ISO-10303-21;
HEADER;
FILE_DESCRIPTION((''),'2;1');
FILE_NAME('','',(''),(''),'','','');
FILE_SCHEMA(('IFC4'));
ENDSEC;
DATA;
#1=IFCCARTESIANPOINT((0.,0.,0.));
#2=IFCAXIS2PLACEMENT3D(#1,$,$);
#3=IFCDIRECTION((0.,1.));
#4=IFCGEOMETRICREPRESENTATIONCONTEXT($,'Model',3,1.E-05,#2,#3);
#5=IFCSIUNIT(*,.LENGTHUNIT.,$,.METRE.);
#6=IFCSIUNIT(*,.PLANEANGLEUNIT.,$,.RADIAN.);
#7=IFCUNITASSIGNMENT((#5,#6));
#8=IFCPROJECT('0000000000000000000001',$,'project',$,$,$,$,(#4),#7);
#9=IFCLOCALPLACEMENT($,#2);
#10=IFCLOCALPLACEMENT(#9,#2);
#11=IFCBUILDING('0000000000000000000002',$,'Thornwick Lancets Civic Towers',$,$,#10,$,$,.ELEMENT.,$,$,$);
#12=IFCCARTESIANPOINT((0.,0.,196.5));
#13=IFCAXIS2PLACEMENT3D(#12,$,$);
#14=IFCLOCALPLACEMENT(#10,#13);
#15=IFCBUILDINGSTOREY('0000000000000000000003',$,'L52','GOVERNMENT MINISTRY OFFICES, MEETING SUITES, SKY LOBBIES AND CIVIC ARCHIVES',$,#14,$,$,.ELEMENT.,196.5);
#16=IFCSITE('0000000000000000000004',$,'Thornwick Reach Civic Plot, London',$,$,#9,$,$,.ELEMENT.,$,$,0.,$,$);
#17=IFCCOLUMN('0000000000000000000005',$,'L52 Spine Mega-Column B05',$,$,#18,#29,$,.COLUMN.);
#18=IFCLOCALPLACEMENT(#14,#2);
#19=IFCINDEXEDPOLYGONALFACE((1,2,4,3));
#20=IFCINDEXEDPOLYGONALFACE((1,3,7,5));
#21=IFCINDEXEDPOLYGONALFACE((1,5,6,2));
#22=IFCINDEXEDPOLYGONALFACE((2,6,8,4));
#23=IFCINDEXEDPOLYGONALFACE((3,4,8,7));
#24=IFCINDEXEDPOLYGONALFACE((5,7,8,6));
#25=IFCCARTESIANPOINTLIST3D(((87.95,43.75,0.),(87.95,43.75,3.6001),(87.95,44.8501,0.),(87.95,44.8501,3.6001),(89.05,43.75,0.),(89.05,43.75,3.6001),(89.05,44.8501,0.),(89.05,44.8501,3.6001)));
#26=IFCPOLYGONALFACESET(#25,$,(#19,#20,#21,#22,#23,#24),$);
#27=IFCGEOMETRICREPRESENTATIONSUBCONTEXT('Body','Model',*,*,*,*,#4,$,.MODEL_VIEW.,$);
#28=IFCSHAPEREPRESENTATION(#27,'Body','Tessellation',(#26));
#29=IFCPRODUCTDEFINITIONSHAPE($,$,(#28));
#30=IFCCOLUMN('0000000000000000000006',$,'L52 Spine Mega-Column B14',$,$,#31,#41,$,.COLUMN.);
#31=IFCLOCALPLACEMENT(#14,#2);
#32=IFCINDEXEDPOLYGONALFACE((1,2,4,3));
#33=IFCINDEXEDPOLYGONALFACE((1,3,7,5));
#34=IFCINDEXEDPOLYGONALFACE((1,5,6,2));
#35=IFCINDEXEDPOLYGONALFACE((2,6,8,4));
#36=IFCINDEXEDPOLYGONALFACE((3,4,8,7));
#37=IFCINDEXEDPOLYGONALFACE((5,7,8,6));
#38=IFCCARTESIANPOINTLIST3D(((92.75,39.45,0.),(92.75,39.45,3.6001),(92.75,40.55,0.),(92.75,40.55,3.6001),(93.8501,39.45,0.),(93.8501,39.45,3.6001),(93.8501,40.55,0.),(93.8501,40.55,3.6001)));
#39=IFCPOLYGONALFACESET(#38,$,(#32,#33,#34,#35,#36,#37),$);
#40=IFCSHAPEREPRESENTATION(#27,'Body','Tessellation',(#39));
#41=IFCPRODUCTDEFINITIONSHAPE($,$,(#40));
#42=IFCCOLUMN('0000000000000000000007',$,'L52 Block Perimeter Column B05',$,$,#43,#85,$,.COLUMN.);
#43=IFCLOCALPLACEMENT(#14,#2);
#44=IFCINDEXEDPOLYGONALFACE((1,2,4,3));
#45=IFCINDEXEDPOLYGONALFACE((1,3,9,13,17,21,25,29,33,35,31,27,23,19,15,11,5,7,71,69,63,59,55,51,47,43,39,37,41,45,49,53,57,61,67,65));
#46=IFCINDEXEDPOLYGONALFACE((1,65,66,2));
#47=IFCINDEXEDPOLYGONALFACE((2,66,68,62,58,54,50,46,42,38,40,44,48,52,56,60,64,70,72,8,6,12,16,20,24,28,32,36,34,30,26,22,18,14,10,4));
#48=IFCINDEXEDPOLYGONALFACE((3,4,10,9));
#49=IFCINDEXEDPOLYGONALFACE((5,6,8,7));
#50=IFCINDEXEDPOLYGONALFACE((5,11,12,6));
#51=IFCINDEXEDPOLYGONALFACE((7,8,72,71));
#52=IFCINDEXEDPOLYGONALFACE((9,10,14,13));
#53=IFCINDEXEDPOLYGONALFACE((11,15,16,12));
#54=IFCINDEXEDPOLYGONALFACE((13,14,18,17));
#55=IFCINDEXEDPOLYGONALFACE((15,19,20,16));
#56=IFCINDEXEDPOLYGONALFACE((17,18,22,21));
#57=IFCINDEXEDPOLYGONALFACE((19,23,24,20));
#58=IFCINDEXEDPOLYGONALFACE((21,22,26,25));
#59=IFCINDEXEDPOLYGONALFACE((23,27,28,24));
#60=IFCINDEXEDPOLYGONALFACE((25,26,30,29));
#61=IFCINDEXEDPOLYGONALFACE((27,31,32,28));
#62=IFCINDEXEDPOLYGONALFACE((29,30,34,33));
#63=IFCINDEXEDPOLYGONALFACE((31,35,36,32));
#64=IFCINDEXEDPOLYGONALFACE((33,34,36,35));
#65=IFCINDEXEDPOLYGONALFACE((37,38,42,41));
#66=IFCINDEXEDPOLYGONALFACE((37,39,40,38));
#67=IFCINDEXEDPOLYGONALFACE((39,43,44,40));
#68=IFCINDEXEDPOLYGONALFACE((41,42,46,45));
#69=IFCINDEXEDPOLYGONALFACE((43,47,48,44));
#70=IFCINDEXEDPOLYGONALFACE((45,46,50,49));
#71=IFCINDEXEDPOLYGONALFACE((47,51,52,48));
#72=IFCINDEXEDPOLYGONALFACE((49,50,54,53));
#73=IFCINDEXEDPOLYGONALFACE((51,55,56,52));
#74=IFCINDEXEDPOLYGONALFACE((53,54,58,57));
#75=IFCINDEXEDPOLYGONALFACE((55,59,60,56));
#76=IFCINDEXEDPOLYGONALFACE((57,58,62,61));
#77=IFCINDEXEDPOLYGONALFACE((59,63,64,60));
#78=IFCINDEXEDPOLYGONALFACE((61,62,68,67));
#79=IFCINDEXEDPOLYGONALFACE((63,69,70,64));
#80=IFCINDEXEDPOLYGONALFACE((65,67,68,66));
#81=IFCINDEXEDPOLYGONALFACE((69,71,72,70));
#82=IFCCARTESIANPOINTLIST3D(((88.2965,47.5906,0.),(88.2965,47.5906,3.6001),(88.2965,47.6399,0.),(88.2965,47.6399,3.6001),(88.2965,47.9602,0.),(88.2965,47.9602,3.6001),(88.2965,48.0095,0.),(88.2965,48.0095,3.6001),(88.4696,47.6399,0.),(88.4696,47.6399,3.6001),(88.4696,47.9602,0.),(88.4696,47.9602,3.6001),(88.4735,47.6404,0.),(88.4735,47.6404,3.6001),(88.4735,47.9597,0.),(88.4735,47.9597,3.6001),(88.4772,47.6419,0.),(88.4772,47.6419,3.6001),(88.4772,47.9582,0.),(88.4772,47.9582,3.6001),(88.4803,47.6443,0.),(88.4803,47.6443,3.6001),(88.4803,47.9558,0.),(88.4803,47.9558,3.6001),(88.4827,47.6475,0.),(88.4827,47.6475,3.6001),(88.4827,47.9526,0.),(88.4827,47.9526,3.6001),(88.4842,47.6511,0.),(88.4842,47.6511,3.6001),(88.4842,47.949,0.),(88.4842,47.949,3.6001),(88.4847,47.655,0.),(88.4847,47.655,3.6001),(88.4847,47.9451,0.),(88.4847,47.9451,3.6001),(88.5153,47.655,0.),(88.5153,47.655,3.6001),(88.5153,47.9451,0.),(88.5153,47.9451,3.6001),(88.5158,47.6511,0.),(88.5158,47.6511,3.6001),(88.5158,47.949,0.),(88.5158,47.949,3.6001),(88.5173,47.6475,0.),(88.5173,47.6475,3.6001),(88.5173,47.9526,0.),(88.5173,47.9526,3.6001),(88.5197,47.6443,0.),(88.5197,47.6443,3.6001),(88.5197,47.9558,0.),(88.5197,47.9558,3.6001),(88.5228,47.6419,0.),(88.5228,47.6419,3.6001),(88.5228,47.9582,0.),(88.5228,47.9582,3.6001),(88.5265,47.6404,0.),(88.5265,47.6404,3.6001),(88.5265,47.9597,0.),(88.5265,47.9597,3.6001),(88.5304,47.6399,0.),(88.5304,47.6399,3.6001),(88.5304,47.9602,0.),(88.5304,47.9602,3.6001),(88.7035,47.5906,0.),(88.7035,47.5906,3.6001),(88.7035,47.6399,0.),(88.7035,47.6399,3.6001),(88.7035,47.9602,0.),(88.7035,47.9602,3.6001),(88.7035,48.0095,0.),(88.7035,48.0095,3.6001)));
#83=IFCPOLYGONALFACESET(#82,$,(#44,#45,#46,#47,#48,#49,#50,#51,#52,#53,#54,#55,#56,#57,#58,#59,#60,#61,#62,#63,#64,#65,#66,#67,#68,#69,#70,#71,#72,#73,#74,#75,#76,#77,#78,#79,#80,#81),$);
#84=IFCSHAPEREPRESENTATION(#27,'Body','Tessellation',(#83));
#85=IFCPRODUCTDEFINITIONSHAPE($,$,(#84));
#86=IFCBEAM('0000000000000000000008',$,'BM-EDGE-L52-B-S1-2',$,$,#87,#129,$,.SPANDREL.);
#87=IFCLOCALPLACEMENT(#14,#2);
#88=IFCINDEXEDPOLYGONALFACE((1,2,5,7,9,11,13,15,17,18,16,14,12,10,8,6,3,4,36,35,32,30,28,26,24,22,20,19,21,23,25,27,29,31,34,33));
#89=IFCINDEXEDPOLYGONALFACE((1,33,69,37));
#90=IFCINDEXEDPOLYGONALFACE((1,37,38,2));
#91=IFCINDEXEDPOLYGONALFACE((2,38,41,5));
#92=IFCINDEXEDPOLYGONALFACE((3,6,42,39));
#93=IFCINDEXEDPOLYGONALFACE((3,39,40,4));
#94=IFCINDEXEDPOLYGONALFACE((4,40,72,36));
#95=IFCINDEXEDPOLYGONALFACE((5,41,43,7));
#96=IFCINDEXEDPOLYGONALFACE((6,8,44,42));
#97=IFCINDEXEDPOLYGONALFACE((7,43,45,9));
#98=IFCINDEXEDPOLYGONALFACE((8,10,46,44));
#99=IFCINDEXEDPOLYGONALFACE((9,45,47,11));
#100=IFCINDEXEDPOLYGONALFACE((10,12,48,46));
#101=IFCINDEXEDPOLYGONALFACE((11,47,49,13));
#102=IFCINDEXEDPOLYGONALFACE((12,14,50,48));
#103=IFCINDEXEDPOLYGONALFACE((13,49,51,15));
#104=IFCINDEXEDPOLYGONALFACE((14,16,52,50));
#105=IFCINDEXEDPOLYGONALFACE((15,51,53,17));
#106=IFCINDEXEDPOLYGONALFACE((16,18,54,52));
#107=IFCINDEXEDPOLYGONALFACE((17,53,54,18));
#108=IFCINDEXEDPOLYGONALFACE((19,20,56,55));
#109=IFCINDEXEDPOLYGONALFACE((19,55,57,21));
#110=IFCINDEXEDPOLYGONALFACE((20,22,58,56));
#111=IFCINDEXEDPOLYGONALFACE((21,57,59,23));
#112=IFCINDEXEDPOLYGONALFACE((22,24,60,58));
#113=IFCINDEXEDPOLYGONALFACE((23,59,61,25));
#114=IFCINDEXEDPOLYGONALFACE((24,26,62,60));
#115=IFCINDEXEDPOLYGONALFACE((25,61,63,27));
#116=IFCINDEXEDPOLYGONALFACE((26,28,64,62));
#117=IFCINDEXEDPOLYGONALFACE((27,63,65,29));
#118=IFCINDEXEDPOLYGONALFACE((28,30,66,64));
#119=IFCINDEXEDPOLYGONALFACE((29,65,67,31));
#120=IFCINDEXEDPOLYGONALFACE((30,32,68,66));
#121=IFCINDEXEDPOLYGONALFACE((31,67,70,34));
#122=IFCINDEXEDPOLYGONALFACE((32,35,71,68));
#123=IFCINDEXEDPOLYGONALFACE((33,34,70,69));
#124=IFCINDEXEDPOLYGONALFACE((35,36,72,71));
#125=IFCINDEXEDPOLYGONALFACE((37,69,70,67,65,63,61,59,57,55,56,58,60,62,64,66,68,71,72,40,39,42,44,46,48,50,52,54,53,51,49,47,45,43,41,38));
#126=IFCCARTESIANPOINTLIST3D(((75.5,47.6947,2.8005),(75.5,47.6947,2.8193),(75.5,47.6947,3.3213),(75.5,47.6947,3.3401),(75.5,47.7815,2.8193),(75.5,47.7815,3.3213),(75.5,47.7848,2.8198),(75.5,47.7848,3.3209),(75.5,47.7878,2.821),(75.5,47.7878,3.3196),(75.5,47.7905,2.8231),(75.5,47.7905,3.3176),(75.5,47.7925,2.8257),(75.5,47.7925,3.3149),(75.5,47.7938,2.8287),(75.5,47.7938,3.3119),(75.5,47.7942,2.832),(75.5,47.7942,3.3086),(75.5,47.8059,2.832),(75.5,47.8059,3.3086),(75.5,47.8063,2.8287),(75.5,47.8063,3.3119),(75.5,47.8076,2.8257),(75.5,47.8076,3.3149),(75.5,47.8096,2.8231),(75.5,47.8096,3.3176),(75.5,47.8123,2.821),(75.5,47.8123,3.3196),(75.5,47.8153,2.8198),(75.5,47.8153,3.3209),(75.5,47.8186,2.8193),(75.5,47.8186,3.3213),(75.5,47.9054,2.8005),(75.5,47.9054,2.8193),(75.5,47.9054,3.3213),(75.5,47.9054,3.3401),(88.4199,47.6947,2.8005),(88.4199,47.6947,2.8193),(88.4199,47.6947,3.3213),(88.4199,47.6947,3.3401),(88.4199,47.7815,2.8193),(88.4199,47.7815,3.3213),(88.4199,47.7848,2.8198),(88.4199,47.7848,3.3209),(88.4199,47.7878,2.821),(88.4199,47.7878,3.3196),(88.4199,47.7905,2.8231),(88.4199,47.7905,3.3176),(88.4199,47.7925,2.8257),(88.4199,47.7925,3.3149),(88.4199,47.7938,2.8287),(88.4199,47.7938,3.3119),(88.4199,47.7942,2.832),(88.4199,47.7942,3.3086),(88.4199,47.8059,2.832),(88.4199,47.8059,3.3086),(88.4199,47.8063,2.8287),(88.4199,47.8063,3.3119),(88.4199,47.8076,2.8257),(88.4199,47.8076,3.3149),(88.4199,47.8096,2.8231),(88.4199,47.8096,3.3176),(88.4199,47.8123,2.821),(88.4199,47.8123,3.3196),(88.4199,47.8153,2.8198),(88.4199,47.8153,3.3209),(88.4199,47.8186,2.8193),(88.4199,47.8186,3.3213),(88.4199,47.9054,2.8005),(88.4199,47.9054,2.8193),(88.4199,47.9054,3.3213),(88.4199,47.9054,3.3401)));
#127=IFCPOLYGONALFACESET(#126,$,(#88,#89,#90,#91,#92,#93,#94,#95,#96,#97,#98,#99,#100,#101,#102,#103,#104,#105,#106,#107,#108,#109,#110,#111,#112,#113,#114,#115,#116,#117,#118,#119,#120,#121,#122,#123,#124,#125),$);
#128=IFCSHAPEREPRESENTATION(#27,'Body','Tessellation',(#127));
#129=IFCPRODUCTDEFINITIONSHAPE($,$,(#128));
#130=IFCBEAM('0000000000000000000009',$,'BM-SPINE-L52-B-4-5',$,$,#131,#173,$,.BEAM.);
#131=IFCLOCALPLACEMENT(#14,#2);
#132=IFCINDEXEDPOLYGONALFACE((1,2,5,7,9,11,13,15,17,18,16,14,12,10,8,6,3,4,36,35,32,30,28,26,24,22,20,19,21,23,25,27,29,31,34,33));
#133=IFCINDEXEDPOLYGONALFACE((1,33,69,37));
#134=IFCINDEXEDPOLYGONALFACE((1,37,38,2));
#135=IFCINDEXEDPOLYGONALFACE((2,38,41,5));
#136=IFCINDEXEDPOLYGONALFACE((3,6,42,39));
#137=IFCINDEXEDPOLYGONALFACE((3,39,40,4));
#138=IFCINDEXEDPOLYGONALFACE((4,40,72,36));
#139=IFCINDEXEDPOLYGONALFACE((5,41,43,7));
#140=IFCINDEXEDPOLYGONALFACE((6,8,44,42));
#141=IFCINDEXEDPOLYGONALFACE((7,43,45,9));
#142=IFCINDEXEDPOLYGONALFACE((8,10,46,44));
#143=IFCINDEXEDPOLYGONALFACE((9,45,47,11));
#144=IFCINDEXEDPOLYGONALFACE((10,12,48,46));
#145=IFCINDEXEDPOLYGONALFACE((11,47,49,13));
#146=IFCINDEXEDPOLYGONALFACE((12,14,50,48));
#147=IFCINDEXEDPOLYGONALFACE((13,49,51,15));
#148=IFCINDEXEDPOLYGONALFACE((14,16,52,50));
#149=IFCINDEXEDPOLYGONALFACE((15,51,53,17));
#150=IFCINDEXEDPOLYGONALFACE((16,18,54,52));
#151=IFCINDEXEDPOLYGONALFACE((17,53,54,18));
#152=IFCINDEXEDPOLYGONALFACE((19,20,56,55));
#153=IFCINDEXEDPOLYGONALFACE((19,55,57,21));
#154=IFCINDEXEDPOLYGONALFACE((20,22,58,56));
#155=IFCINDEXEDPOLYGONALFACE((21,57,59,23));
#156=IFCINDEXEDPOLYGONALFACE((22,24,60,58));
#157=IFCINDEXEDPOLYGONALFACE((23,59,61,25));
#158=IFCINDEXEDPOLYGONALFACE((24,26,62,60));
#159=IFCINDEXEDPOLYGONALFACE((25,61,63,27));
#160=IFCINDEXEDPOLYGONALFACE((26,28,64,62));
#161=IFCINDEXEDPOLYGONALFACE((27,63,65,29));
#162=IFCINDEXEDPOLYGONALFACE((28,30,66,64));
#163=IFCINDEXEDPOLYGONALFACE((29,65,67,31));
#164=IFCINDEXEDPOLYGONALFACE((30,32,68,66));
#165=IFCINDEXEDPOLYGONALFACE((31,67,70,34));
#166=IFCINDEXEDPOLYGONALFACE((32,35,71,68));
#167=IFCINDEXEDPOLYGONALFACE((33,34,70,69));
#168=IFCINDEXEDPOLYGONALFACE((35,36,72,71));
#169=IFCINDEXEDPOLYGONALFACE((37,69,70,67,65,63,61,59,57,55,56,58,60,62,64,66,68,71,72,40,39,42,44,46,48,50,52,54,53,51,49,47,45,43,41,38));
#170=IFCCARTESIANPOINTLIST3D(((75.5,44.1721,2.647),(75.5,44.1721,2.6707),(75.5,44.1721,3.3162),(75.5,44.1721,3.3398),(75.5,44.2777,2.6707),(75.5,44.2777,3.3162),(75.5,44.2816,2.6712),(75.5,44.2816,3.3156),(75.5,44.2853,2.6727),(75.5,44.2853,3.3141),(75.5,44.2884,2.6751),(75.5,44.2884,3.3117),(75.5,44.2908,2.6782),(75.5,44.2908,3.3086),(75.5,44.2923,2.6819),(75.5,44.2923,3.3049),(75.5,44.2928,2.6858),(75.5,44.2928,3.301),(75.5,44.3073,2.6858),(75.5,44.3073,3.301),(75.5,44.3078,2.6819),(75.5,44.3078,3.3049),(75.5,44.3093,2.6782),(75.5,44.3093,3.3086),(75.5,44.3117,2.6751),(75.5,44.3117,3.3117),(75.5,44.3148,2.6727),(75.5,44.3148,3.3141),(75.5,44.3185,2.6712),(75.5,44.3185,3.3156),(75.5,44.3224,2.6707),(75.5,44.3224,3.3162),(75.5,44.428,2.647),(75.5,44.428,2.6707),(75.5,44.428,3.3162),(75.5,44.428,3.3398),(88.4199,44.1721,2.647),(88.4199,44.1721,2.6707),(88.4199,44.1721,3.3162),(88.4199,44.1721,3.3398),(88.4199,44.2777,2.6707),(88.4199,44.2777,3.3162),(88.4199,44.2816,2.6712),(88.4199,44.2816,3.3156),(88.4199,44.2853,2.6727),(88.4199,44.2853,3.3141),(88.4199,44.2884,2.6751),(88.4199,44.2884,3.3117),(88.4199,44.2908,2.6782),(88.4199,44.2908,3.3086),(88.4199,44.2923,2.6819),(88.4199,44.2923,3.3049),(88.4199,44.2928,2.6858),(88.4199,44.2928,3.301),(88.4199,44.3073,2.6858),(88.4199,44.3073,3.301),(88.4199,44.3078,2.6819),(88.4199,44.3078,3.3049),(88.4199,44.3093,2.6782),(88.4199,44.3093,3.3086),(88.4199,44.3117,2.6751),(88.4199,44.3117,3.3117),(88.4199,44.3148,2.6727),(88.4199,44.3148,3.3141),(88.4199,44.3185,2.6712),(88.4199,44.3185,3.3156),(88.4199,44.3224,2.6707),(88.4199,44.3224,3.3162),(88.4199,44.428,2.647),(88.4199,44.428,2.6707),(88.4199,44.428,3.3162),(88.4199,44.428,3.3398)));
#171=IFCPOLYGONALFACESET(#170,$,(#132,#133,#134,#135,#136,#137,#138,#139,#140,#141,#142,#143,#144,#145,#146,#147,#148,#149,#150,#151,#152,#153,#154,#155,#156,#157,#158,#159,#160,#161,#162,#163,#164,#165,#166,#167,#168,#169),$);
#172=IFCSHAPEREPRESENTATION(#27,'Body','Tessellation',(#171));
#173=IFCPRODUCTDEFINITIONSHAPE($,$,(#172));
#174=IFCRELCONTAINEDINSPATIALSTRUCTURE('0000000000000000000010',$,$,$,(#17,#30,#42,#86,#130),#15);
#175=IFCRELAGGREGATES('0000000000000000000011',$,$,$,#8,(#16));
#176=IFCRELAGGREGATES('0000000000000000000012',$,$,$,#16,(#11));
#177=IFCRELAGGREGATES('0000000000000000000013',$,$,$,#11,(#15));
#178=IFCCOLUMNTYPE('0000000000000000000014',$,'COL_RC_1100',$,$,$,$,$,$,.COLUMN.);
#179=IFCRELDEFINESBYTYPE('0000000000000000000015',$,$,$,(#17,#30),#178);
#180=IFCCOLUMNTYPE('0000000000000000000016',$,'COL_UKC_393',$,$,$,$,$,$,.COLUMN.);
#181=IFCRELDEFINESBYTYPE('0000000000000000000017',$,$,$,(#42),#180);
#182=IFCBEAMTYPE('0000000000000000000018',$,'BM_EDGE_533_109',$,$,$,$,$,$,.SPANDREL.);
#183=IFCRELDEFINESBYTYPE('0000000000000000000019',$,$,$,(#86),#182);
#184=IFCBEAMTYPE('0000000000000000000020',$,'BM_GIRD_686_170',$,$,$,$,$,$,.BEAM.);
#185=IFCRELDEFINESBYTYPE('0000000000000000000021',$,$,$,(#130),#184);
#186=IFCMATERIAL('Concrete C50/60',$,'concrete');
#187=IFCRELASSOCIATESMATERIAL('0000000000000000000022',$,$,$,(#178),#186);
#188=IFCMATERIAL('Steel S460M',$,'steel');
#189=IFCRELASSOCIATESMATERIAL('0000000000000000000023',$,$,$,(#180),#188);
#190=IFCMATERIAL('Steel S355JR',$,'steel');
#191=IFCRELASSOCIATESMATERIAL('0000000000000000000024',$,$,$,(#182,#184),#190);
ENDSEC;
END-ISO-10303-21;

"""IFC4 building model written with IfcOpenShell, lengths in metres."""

from ifc_helpers import new_model, si_unit, direction, frame, origin, origin_2d, place, context, subcontext, project, spatial, rectangle, i_section, extrude, material, material_profile, profile_set, type_object, element, save


model = new_model("IFC4")

# Units and contexts
model_context = context("Model", 3, precision=1e-05, world=origin(), true_north=direction((0.0, 1.0)))
body_context = subcontext(model_context, "Body", "Model", "MODEL_VIEW")
ifc_project = project(units=[si_unit("LENGTHUNIT", "METRE"), si_unit("PLANEANGLEUNIT", "RADIAN")], contexts=[model_context])

# Site, building, storey
site_placement = place(None, origin())
site = spatial("IfcSite", under=ifc_project, at=site_placement, Name="Thornwick Reach Civic Plot, London", CompositionType="ELEMENT", RefElevation=0.0)
building_placement = place(site_placement, origin())
building = spatial("IfcBuilding", under=site, at=building_placement, Name="Thornwick Lancets Civic Towers", CompositionType="ELEMENT")
storey_placement = place(building_placement, frame((0.0, 0.0, 196.5)))
storey = spatial("IfcBuildingStorey", under=building, at=storey_placement, Name="L52", Description="GOVERNMENT MINISTRY OFFICES, MEETING SUITES, SKY LOBBIES AND CIVIC ARCHIVES", CompositionType="ELEMENT", Elevation=196.5)

# Columns
ifc_material_1 = material(Name="Concrete C50/60", Category="concrete")
ifc_material_profile_1 = material_profile(ifc_material_1, rectangle(XDim=1.1001, YDim=1.1001, at=origin_2d()), Name="RC 1100x1100")
ifc_profile_set_1 = profile_set([ifc_material_profile_1], Name="Concrete C50/60")
column_type_1 = type_object("IfcColumnType", Name="COL_RC_1100", PredefinedType="COLUMN", material=ifc_profile_set_1)
for number, where, z_axis, x_axis, name in (
    (1, (88.5, 44.3, 0.0), (0.0, 0.0, 1.0), (1.0, 0.0, 0.0), "L52 Spine Mega-Column B05"),
    (2, (93.3, 40.0, 0.0), (0.0, 0.0, 1.0), (1.0, 0.0, 0.0), "L52 Spine Mega-Column B14"),
):
    element("IfcColumn", number, at=place(storey_placement, frame(where, z_axis=z_axis, x_axis=x_axis)), inside=storey, type_object=column_type_1, Name=name, PredefinedType="COLUMN", context=body_context, shape_type="SweptSolid", body=[
        extrude(rectangle(XDim=1.1001, YDim=1.1001, at=origin_2d()), origin(), (0.0, 0.0, 1.0), 3.6001),
    ])
ifc_material_2 = material(Name="Steel S460M", Category="steel")
ifc_material_profile_2 = material_profile(ifc_material_2, i_section(OverallWidth=0.407, OverallDepth=0.4189, WebThickness=0.0305, FlangeThickness=0.0493, FilletRadius=0.0151, at=origin_2d()), Name="UKC 356x406x393")
ifc_profile_set_2 = profile_set([ifc_material_profile_2], Name="Steel S460M")
column_type_2 = type_object("IfcColumnType", Name="COL_UKC_393", PredefinedType="COLUMN", material=ifc_profile_set_2)
column_placement = place(storey_placement, frame((88.5, 47.8, 0.0), z_axis=(0.0, 0.0, 1.0), x_axis=(1.0, 0.0, 0.0)))
element("IfcColumn", 3, at=column_placement, inside=storey, type_object=column_type_2, Name="L52 Block Perimeter Column B05", PredefinedType="COLUMN", context=body_context, shape_type="SweptSolid", body=[
    extrude(i_section(OverallWidth=0.407, OverallDepth=0.4189, WebThickness=0.0305, FlangeThickness=0.0493, FilletRadius=0.0151, at=origin_2d()), origin(), (0.0, 0.0, 1.0), 3.6001),
])

# Beams
ifc_material_3 = material(Name="Steel S355JR", Category="steel")
ifc_material_profile_3 = material_profile(ifc_material_3, i_section(OverallWidth=0.2107, OverallDepth=0.5396, WebThickness=0.0117, FlangeThickness=0.0188, FilletRadius=0.0127, at=origin_2d()), Name="UKB 533x210x109")
ifc_profile_set_3 = profile_set([ifc_material_profile_3], Name="Steel S355JR")
beam_type_1 = type_object("IfcBeamType", Name="BM_EDGE_533_109", PredefinedType="SPANDREL", material=ifc_profile_set_3)
beam_1_placement = place(storey_placement, frame((88.4199, 47.8, 3.0703), z_axis=(-1.0, 0.0, 0.0), x_axis=(0.0, -1.0, 0.0)))
element("IfcBeam", 4, at=beam_1_placement, inside=storey, type_object=beam_type_1, Name="BM-EDGE-L52-B-S1-2", PredefinedType="SPANDREL", context=body_context, shape_type="SweptSolid", body=[
    extrude(i_section(OverallWidth=0.2107, OverallDepth=0.5396, WebThickness=0.0117, FlangeThickness=0.0188, FilletRadius=0.0127, at=origin_2d()), origin(), (0.0, 0.0, 1.0), 12.9199),
])
ifc_material_profile_4 = material_profile(ifc_material_3, i_section(OverallWidth=0.2559, OverallDepth=0.6929, WebThickness=0.0144, FlangeThickness=0.0237, FilletRadius=0.0151, at=origin_2d()), Name="UKB 686x254x170")
ifc_profile_set_4 = profile_set([ifc_material_profile_4], Name="Steel S355JR")
beam_type_2 = type_object("IfcBeamType", Name="BM_GIRD_686_170", PredefinedType="BEAM", material=ifc_profile_set_4)
beam_2_placement = place(storey_placement, frame((88.4199, 44.3, 2.9934), z_axis=(-1.0, 0.0, 0.0), x_axis=(0.0, -1.0, 0.0)))
element("IfcBeam", 5, at=beam_2_placement, inside=storey, type_object=beam_type_2, Name="BM-SPINE-L52-B-4-5", PredefinedType="BEAM", context=body_context, shape_type="SweptSolid", body=[
    extrude(i_section(OverallWidth=0.2559, OverallDepth=0.6929, WebThickness=0.0144, FlangeThickness=0.0237, FilletRadius=0.0151, at=origin_2d()), origin(), (0.0, 0.0, 1.0), 12.9199),
])

save(model, "model.ifc")
